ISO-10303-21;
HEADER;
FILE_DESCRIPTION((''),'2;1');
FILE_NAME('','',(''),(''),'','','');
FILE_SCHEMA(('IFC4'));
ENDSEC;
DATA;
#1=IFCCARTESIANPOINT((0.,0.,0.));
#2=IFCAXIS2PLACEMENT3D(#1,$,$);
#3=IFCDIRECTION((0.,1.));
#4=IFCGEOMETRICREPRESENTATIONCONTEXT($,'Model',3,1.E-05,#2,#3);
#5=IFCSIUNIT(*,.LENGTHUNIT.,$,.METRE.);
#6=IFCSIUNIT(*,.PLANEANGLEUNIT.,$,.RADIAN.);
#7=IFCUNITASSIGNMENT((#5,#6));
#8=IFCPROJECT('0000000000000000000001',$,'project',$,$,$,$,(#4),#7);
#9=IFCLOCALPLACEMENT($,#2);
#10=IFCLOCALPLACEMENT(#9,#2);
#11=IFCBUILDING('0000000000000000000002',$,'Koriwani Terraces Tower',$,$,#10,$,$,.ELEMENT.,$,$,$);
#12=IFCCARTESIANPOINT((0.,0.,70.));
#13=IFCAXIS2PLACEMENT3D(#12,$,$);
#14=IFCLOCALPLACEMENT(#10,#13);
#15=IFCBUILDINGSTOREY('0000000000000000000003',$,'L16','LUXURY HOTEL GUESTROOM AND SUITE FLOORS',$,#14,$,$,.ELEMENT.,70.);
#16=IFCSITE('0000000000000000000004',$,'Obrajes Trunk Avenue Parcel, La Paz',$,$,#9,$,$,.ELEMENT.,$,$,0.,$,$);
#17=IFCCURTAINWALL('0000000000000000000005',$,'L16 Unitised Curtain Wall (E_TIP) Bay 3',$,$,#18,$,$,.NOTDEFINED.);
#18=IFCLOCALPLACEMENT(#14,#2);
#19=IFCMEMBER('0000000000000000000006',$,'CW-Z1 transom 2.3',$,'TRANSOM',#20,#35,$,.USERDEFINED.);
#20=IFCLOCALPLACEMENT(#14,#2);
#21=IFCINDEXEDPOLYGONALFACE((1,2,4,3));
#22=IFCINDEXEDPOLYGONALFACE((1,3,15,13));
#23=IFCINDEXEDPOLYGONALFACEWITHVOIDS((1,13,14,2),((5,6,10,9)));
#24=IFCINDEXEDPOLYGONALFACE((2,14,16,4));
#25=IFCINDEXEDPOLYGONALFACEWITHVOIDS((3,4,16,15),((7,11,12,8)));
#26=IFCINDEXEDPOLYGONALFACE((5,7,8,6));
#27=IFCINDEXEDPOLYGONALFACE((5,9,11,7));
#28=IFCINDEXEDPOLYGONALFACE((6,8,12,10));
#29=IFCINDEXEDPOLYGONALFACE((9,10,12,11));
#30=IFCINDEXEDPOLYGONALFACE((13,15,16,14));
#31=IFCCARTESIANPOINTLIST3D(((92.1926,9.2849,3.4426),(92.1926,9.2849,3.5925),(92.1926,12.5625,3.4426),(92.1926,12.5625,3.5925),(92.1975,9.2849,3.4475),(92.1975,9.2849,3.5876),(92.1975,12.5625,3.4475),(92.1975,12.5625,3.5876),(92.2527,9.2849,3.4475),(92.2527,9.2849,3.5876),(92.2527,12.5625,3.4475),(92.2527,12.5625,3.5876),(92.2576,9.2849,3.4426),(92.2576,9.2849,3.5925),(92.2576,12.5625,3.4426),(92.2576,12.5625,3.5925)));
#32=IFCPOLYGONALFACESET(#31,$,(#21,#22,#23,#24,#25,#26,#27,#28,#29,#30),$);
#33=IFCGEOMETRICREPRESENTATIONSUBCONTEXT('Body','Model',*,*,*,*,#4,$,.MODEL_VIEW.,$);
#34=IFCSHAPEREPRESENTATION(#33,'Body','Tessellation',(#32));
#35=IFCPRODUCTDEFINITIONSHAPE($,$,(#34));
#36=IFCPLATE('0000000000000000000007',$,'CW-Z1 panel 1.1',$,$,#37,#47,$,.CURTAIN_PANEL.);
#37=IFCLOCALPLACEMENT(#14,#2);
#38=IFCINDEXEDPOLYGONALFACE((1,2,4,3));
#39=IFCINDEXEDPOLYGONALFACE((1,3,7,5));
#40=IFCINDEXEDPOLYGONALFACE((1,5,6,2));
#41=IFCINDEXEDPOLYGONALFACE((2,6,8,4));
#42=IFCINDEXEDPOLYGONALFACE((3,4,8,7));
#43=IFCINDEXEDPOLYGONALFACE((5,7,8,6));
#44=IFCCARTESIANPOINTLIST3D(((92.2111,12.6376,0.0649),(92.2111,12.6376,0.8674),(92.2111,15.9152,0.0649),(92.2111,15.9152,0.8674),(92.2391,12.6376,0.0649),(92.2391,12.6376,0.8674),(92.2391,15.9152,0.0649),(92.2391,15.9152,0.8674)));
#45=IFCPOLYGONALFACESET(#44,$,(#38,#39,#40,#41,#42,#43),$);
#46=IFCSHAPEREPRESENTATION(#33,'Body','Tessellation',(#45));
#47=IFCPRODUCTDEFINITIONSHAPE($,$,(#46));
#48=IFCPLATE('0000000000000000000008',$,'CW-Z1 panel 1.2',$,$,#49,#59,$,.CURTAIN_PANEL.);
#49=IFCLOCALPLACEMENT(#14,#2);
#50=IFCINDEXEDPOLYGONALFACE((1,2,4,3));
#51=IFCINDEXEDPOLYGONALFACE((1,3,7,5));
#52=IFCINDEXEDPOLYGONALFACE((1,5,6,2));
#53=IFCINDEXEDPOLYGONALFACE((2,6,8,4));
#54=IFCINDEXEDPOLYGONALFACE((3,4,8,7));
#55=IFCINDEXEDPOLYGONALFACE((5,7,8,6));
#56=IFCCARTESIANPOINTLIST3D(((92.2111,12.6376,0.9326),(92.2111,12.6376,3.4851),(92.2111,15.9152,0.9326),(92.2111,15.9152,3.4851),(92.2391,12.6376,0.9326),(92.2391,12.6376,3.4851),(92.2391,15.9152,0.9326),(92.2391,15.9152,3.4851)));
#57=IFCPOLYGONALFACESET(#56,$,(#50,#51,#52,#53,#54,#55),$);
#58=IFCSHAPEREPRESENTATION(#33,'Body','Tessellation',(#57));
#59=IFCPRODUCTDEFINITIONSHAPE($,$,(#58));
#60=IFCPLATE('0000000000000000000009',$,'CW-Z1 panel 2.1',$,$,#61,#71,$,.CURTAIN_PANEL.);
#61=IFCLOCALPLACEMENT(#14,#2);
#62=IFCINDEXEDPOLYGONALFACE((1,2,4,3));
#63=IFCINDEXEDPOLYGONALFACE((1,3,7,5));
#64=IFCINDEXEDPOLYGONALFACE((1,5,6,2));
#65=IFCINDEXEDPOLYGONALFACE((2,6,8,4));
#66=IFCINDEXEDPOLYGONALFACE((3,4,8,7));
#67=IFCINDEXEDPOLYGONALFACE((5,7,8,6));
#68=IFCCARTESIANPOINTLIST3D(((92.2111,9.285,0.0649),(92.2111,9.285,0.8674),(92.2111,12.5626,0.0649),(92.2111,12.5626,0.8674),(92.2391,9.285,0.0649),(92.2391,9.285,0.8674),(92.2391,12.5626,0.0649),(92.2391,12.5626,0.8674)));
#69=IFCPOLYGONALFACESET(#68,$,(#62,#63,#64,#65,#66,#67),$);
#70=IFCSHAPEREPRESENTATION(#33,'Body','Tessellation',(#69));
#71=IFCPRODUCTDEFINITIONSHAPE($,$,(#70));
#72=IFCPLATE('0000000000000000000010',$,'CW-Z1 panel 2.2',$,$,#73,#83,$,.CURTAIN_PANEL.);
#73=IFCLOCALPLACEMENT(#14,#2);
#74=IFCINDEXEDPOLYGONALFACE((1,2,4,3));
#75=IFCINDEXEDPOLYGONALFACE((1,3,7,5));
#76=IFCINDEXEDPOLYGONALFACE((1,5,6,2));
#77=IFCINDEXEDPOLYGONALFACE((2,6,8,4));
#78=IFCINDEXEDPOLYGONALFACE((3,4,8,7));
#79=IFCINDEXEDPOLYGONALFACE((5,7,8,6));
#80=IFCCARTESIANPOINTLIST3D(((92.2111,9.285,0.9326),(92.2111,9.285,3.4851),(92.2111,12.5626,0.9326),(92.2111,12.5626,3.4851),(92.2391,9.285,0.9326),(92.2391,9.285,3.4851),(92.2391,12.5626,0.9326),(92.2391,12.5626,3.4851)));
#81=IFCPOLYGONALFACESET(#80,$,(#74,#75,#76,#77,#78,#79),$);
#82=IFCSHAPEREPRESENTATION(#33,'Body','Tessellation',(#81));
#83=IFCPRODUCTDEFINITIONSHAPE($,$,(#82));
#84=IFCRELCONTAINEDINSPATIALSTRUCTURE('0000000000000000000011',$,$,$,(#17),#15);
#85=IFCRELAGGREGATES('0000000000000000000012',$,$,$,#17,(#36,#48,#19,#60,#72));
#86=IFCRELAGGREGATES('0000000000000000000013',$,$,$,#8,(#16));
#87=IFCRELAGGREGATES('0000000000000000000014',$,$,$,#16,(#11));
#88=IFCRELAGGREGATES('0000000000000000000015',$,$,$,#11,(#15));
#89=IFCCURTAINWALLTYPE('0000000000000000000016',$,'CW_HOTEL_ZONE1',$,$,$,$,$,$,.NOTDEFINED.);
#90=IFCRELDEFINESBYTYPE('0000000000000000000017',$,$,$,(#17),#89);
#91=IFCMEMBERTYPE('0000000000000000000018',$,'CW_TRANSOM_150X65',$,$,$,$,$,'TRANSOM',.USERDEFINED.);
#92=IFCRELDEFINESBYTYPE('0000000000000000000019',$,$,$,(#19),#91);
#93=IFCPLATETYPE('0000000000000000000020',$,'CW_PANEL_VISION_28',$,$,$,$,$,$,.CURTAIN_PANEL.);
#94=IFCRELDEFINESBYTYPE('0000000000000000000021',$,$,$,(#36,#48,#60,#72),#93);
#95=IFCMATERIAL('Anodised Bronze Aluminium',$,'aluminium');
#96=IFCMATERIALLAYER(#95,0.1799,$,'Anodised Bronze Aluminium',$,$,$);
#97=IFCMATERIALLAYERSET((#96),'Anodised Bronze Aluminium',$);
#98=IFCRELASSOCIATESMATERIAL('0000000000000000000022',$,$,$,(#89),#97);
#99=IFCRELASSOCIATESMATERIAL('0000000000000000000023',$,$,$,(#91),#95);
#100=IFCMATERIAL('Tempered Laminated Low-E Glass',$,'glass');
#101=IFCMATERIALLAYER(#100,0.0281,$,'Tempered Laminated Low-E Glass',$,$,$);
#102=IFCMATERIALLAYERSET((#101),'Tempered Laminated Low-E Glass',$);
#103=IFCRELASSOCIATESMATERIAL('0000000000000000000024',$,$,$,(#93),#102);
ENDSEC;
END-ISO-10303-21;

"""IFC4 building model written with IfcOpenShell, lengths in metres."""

from ifc_helpers import new_model, si_unit, direction, frame, origin, origin_2d, place, context, subcontext, project, spatial, rectangle, hollow_rectangle, extrude, material, layer, layer_set, material_profile, profile_set, type_object, element, aggregate, save


model = new_model("IFC4")

# Units and contexts
model_context = context("Model", 3, precision=1e-05, world=origin(), true_north=direction((0.0, 1.0)))
body_context = subcontext(model_context, "Body", "Model", "MODEL_VIEW")
ifc_project = project(units=[si_unit("LENGTHUNIT", "METRE"), si_unit("PLANEANGLEUNIT", "RADIAN")], contexts=[model_context])

# Site, building, storey
site_placement = place(None, origin())
site = spatial("IfcSite", under=ifc_project, at=site_placement, Name="Obrajes Trunk Avenue Parcel, La Paz", CompositionType="ELEMENT", RefElevation=0.0)
building_placement = place(site_placement, origin())
building = spatial("IfcBuilding", under=site, at=building_placement, Name="Koriwani Terraces Tower", CompositionType="ELEMENT")
storey_placement = place(building_placement, frame((0.0, 0.0, 70.0)))
storey = spatial("IfcBuildingStorey", under=building, at=storey_placement, Name="L16", Description="LUXURY HOTEL GUESTROOM AND SUITE FLOORS", CompositionType="ELEMENT", Elevation=70.0)

# Curtain wall
ifc_material_1 = material(Name="Anodised Bronze Aluminium", Category="aluminium")
ifc_layer_1 = layer(ifc_material_1, 0.1799, Name="Anodised Bronze Aluminium")
ifc_layer_set_1 = layer_set([ifc_layer_1], Name="Anodised Bronze Aluminium")
curtain_wall_type = type_object("IfcCurtainWallType", Name="CW_HOTEL_ZONE1", PredefinedType="NOTDEFINED", material=ifc_layer_set_1)
curtain_wall_1_placement = place(storey_placement, origin())
curtain_wall_1 = element("IfcCurtainWall", 1, at=curtain_wall_1_placement, inside=storey, type_object=curtain_wall_type, Name="L16 Unitised Curtain Wall (E_TIP) Bay 3", PredefinedType="NOTDEFINED")

# Member
ifc_material_profile_1 = material_profile(ifc_material_1, hollow_rectangle(XDim=0.0649, YDim=0.1499, WallThickness=0.0049, at=origin_2d()), Name="Anodised Bronze Aluminium", Category="LoadBearing")
ifc_profile_set_1 = profile_set([ifc_material_profile_1], Name="Anodised Bronze Aluminium")
member_type_1 = type_object("IfcMemberType", Name="CW_TRANSOM_150X65", ElementType="TRANSOM", PredefinedType="USERDEFINED", material=ifc_profile_set_1)
member_1_placement = place(storey_placement, frame((92.2251, 12.5625, 3.5176), z_axis=(0.0, -1.0, 0.0), x_axis=(1.0, 0.0, 0.0)))
member_1 = element("IfcMember", 2, at=member_1_placement, type_object=member_type_1, Name="CW-Z1 transom 2.3", ObjectType="TRANSOM", PredefinedType="USERDEFINED", context=body_context, shape_type="SweptSolid", body=[
    extrude(hollow_rectangle(XDim=0.0649, YDim=0.1499, WallThickness=0.0049, at=origin_2d()), origin(), (0.0, 0.0, 1.0), 3.2776),
])

# Plates
ifc_material_2 = material(Name="Tempered Laminated Low-E Glass", Category="glass")
ifc_layer_2 = layer(ifc_material_2, 0.0281, Name="Tempered Laminated Low-E Glass")
ifc_layer_set_2 = layer_set([ifc_layer_2], Name="Tempered Laminated Low-E Glass")
plate_type = type_object("IfcPlateType", Name="CW_PANEL_VISION_28", PredefinedType="CURTAIN_PANEL", material=ifc_layer_set_2)
plate_1_placement = place(storey_placement, frame((92.2251, 14.2764, 0.0649), z_axis=(0.0, 0.0, 1.0), x_axis=(0.0, -1.0, 0.0)))
plate_1 = element("IfcPlate", 3, at=plate_1_placement, type_object=plate_type, Name="CW-Z1 panel 1.1", PredefinedType="CURTAIN_PANEL", context=body_context, shape_type="SweptSolid", body=[
    extrude(rectangle(XDim=3.2776, YDim=0.0281, at=origin_2d()), origin(), (0.0, 0.0, 1.0), 0.8025),
])
plate_2_placement = place(storey_placement, frame((92.2251, 14.2764, 0.9326), z_axis=(0.0, 0.0, 1.0), x_axis=(0.0, -1.0, 0.0)))
plate_2 = element("IfcPlate", 4, at=plate_2_placement, type_object=plate_type, Name="CW-Z1 panel 1.2", PredefinedType="CURTAIN_PANEL", context=body_context, shape_type="SweptSolid", body=[
    extrude(rectangle(XDim=3.2776, YDim=0.0281, at=origin_2d()), origin(), (0.0, 0.0, 1.0), 2.5525),
])
plate_3_placement = place(storey_placement, frame((92.2251, 10.9238, 0.0649), z_axis=(0.0, 0.0, 1.0), x_axis=(0.0, -1.0, 0.0)))
plate_3 = element("IfcPlate", 5, at=plate_3_placement, type_object=plate_type, Name="CW-Z1 panel 2.1", PredefinedType="CURTAIN_PANEL", context=body_context, shape_type="SweptSolid", body=[
    extrude(rectangle(XDim=3.2776, YDim=0.0281, at=origin_2d()), origin(), (0.0, 0.0, 1.0), 0.8025),
])
plate_4_placement = place(storey_placement, frame((92.2251, 10.9238, 0.9326), z_axis=(0.0, 0.0, 1.0), x_axis=(0.0, -1.0, 0.0)))
plate_4 = element("IfcPlate", 6, at=plate_4_placement, type_object=plate_type, Name="CW-Z1 panel 2.2", PredefinedType="CURTAIN_PANEL", context=body_context, shape_type="SweptSolid", body=[
    extrude(rectangle(XDim=3.2776, YDim=0.0281, at=origin_2d()), origin(), (0.0, 0.0, 1.0), 2.5525),
])
aggregate(curtain_wall_1, [plate_1, plate_2, member_1, plate_3, plate_4])

save(model, "model.ifc")
